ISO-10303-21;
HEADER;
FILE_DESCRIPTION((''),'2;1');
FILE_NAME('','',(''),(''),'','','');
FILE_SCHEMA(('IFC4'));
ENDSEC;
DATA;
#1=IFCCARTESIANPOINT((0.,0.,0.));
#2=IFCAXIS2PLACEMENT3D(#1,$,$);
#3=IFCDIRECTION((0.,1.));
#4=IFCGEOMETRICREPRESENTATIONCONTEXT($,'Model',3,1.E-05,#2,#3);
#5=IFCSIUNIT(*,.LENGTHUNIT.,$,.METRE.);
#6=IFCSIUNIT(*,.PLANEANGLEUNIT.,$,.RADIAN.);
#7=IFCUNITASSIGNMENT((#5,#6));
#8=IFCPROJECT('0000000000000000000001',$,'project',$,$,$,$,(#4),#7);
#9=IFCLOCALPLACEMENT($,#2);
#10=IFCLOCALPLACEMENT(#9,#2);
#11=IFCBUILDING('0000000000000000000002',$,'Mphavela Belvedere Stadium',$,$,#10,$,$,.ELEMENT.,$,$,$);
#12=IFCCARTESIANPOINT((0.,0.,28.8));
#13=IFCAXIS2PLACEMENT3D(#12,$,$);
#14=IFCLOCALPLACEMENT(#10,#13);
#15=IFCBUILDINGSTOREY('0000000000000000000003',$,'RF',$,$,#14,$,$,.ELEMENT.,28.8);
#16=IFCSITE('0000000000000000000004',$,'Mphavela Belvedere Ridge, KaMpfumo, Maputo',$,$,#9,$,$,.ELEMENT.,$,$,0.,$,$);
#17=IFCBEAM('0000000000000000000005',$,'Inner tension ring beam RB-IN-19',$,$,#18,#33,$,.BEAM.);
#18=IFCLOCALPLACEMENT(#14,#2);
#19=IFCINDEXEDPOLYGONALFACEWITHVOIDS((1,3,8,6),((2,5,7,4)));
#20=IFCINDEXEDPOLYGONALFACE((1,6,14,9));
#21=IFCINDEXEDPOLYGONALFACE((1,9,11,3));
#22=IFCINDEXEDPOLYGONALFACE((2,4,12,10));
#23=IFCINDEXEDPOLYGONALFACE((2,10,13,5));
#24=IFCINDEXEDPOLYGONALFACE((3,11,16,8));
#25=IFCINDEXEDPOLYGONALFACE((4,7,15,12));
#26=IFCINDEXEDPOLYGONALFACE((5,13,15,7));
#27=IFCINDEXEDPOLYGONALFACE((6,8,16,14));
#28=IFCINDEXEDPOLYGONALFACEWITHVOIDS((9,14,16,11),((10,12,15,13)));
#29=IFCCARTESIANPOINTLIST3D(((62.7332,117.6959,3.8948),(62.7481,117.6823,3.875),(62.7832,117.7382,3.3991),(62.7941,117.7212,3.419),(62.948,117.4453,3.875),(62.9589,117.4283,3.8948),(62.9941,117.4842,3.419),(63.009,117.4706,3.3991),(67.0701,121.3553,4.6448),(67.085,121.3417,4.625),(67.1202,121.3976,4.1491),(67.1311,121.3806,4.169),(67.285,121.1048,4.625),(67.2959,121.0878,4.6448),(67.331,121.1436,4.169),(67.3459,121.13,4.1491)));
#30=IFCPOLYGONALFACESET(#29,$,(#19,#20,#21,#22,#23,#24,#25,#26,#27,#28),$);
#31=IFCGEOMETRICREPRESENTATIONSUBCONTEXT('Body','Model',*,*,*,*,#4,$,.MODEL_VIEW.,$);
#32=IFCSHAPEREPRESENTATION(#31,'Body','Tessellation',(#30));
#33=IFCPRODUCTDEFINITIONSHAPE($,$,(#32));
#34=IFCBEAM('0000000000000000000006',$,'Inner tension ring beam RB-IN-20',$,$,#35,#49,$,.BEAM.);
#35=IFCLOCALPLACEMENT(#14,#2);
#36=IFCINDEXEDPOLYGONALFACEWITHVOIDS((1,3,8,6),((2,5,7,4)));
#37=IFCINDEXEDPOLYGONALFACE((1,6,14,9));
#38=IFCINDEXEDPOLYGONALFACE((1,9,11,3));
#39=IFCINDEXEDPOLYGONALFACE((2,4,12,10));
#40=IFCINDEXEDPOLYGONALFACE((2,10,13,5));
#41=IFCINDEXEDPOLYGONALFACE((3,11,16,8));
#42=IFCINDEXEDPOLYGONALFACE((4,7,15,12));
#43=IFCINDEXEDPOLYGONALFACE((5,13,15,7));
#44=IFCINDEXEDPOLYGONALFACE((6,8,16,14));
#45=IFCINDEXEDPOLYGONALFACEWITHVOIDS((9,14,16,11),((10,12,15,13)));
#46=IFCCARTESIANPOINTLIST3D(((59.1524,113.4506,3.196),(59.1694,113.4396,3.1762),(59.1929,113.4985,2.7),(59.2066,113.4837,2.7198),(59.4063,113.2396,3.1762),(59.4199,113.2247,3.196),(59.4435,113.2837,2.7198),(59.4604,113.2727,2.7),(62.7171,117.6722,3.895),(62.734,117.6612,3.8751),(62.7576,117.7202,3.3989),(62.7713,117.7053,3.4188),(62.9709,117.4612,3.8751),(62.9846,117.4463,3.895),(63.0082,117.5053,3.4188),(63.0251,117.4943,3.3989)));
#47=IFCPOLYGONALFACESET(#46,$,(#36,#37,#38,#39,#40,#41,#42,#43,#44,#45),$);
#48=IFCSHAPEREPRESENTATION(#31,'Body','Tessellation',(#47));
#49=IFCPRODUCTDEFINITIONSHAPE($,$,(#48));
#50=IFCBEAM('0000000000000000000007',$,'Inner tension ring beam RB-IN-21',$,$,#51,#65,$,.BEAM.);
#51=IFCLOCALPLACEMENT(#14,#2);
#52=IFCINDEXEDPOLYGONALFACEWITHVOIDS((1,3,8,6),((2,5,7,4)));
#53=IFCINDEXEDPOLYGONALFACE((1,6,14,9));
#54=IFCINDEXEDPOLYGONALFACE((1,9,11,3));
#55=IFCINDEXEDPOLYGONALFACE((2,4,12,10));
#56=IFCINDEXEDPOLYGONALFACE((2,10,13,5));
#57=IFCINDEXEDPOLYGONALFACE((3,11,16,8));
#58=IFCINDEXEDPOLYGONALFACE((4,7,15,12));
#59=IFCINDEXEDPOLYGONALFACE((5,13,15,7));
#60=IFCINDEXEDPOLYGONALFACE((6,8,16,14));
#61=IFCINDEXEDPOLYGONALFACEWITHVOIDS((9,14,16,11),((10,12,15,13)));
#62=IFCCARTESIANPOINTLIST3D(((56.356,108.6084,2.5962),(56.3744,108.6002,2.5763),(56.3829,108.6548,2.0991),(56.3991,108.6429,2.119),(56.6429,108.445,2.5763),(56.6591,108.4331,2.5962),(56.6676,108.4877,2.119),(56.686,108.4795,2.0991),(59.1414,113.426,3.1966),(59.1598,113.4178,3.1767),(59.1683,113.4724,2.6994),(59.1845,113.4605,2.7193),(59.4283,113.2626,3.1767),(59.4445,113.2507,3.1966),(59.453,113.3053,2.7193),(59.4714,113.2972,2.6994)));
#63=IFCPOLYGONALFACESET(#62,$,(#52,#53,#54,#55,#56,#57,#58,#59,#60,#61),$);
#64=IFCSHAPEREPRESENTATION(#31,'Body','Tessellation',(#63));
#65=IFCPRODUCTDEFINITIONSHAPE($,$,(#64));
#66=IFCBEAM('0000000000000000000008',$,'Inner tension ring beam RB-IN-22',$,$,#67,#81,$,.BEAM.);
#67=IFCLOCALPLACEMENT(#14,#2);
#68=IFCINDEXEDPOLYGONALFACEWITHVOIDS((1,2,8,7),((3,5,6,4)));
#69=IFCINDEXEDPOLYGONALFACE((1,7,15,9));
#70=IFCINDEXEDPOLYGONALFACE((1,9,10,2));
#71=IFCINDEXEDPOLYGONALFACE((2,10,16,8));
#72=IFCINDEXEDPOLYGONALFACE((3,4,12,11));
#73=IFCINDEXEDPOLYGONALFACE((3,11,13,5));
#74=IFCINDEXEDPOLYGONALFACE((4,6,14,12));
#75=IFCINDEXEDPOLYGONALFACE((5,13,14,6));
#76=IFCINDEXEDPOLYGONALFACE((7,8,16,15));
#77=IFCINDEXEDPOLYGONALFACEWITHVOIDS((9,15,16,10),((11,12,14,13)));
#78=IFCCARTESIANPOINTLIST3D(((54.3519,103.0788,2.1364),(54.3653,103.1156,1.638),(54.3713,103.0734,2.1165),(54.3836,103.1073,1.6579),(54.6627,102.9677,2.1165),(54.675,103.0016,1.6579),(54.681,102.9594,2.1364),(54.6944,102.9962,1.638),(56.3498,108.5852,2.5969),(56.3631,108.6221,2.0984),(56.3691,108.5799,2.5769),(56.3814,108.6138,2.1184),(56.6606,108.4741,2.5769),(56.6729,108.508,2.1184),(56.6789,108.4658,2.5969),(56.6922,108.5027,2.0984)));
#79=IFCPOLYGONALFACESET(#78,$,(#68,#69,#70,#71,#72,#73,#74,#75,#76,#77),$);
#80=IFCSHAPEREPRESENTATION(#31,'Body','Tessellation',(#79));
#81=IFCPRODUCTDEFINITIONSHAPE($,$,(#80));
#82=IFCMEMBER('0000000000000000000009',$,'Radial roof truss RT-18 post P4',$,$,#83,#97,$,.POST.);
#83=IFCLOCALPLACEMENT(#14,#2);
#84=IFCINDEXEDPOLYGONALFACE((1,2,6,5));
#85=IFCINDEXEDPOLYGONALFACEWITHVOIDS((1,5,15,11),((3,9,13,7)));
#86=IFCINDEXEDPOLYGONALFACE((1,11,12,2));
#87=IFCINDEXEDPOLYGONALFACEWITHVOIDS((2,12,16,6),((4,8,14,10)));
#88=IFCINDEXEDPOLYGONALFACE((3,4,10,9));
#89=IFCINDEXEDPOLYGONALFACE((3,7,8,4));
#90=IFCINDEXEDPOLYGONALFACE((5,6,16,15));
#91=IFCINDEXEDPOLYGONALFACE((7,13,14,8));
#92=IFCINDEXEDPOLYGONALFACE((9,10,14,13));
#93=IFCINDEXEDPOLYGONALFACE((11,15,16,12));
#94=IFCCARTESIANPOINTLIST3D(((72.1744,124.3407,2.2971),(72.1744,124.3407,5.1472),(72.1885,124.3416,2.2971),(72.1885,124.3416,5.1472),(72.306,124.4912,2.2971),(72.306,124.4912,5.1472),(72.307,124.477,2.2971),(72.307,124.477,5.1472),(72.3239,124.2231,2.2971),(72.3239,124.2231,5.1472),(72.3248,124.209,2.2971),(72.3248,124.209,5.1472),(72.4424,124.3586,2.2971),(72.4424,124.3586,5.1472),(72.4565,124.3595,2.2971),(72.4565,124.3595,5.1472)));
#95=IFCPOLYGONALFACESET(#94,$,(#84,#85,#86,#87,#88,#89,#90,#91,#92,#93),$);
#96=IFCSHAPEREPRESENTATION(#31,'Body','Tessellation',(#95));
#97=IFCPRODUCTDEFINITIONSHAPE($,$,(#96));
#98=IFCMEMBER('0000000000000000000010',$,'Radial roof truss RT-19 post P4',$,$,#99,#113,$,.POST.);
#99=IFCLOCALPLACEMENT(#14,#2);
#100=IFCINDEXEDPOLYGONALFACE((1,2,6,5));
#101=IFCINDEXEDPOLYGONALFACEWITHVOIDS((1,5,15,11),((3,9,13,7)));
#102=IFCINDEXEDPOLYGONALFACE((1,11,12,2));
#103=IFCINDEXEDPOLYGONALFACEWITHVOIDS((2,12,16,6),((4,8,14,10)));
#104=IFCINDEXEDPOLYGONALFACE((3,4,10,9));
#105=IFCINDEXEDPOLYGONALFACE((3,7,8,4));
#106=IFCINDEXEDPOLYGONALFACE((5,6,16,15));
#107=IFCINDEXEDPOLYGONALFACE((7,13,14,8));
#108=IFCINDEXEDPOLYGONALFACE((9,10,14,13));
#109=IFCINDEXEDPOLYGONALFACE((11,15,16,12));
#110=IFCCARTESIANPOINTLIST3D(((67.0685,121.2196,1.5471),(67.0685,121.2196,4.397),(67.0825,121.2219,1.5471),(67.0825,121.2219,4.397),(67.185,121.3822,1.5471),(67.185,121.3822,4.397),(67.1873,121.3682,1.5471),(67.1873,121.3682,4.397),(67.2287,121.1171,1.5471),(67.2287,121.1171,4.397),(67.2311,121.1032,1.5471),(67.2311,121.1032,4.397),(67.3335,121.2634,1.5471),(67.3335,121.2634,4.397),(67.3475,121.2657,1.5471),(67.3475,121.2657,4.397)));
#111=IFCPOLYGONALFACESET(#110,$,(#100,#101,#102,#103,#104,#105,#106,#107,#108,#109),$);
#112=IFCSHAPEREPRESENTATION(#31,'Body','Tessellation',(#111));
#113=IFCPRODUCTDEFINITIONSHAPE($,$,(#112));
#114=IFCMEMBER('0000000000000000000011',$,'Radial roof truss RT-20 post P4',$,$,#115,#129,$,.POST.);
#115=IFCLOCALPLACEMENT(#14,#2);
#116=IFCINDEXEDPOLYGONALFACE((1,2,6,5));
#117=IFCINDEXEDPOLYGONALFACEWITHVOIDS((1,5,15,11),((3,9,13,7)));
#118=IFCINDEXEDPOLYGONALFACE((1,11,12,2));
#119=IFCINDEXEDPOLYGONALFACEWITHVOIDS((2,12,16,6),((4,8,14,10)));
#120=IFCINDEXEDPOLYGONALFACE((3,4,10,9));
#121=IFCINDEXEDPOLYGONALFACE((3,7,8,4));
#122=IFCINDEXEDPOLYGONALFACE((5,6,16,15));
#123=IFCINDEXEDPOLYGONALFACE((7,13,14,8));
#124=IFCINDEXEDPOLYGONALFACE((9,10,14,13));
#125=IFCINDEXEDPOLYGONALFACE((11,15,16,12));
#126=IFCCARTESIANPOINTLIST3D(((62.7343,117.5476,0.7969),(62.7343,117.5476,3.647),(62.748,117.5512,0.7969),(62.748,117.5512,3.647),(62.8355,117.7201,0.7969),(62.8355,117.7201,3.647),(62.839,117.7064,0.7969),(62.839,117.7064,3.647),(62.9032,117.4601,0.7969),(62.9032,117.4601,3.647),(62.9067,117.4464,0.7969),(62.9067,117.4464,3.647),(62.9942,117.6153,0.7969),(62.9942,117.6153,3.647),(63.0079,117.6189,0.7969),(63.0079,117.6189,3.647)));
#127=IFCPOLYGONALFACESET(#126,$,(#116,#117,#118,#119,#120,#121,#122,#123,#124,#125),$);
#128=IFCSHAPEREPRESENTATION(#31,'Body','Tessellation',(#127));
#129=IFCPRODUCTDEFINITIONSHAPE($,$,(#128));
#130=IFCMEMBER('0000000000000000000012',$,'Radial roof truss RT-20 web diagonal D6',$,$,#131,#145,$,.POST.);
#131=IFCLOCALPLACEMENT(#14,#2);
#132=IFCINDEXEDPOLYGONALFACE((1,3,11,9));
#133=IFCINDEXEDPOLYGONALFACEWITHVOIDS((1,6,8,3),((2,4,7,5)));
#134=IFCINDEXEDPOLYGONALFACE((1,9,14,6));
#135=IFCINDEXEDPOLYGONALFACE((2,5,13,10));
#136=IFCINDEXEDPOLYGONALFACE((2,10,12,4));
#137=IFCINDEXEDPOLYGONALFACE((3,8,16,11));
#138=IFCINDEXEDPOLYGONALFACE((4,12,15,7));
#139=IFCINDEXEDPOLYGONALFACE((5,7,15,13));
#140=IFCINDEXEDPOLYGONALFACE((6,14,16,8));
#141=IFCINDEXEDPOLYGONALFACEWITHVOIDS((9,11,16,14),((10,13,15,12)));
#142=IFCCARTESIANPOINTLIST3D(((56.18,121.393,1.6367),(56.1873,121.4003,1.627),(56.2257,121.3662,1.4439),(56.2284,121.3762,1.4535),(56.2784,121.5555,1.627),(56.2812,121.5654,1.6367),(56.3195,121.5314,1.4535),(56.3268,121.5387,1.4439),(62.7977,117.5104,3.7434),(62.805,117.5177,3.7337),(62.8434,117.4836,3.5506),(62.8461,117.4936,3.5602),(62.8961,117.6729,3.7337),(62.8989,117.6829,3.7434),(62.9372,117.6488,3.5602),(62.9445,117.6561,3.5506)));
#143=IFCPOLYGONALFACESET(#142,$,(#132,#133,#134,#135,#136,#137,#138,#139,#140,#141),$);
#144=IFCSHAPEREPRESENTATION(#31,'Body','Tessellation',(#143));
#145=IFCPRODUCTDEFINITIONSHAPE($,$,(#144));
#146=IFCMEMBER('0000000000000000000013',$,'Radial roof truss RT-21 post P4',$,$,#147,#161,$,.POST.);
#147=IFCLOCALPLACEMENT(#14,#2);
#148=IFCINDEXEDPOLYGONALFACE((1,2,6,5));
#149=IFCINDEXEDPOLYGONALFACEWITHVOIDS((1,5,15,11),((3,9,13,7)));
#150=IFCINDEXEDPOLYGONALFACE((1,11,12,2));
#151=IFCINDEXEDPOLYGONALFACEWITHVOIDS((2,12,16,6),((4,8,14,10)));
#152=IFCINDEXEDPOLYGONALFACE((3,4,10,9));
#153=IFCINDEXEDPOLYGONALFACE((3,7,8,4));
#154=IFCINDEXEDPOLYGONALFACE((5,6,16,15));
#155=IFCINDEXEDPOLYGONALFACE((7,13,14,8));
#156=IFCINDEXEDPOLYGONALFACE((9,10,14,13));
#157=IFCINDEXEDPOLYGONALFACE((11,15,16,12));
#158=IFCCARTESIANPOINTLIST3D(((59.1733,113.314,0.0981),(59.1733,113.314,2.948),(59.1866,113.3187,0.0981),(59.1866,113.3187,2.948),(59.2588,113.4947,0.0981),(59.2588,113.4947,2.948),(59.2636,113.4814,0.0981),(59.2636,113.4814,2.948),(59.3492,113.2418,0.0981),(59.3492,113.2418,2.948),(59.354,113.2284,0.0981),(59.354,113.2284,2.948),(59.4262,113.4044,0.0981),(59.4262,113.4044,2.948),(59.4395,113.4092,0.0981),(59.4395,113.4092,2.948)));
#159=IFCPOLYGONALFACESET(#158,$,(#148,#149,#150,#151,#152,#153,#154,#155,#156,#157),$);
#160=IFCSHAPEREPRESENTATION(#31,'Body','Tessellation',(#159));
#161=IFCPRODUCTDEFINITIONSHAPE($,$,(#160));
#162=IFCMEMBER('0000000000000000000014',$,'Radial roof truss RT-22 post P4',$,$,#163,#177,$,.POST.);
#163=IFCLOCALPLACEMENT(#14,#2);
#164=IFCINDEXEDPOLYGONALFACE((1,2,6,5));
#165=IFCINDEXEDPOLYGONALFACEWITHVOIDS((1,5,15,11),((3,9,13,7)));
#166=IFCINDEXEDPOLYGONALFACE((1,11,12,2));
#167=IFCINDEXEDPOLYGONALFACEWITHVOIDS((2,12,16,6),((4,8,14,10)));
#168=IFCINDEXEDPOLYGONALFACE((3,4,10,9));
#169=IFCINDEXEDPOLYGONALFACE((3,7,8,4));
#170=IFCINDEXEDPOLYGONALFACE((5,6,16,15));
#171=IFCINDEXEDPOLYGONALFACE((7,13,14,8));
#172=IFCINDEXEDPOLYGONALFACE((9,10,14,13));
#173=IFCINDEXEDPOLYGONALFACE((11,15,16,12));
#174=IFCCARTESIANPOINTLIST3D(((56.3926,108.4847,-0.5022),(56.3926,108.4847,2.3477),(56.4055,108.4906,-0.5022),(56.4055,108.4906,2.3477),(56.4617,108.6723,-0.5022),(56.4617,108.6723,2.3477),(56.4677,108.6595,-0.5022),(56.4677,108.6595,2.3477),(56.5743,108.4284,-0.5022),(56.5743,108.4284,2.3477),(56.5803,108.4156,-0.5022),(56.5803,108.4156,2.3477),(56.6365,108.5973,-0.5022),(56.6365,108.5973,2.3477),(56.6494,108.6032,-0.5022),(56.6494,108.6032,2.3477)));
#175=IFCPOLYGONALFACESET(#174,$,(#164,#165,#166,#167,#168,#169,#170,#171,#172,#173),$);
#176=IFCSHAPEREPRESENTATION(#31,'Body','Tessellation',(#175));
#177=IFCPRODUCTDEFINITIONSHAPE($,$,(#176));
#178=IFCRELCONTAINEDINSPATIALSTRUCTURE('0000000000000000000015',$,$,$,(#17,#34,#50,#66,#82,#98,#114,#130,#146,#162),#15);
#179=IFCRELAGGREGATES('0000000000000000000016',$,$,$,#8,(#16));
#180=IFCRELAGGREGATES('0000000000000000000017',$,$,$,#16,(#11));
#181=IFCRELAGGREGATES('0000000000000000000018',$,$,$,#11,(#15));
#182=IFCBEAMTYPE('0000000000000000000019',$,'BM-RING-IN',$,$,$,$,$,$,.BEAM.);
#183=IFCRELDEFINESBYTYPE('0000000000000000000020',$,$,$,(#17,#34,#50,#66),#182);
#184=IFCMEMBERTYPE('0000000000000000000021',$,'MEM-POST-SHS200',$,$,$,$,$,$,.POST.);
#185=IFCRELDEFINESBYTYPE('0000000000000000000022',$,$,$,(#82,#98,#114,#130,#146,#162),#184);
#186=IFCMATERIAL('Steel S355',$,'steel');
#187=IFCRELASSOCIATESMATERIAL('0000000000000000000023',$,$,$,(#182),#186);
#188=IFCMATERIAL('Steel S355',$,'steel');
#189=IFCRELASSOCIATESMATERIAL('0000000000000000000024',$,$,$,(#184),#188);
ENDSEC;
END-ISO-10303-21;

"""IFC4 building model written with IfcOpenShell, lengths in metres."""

from ifc_helpers import new_model, si_unit, direction, frame, origin, origin_2d, place, context, subcontext, project, spatial, hollow_rectangle, extrude, material, material_profile, profile_set, type_object, element, save


model = new_model("IFC4")

# Units and contexts
model_context = context("Model", 3, precision=1e-05, world=origin(), true_north=direction((0.0, 1.0)))
body_context = subcontext(model_context, "Body", "Model", "MODEL_VIEW")
ifc_project = project(units=[si_unit("LENGTHUNIT", "METRE"), si_unit("PLANEANGLEUNIT", "RADIAN")], contexts=[model_context])

# Site, building, storey
site_placement = place(None, origin())
site = spatial("IfcSite", under=ifc_project, at=site_placement, Name="Mphavela Belvedere Ridge, KaMpfumo, Maputo", CompositionType="ELEMENT", RefElevation=0.0)
building_placement = place(site_placement, origin())
building = spatial("IfcBuilding", under=site, at=building_placement, Name="Mphavela Belvedere Stadium", CompositionType="ELEMENT")
storey_placement = place(building_placement, frame((0.0, 0.0, 28.8)))
storey = spatial("IfcBuildingStorey", under=building, at=storey_placement, Name="RF", CompositionType="ELEMENT", Elevation=28.8)

# Beams
ifc_material_1 = material(Name="Steel S355", Category="steel")
ifc_material_profile_1 = material_profile(ifc_material_1, hollow_rectangle(XDim=0.3501, YDim=0.5, WallThickness=0.02, at=origin_2d()), Name="RHS 500x350x20")
ifc_profile_set_1 = profile_set([ifc_material_profile_1], Name="Steel S355")
beam_type = type_object("IfcBeamType", Name="BM-RING-IN", PredefinedType="BEAM", material=ifc_profile_set_1)
beam_1_placement = place(storey_placement, frame((67.208, 121.2427, 4.397), z_axis=(-0.757689, -0.639327, -0.13103), x_axis=(0.644887, -0.764278, 0.0)))
element("IfcBeam", 1, at=beam_1_placement, inside=storey, type_object=beam_type, Name="Inner tension ring beam RB-IN-19", PredefinedType="BEAM", context=body_context, shape_type="SweptSolid", body=[
    extrude(hollow_rectangle(XDim=0.3501, YDim=0.5, WallThickness=0.02, at=origin_2d()), origin(), (0.0, 0.0, 1.0), 5.7239),
])
beam_2_placement = place(storey_placement, frame((62.8711, 117.5833, 3.647), z_axis=(-0.640051, -0.758013, -0.125503), x_axis=(0.764055, -0.645152, 0.0)))
element("IfcBeam", 2, at=beam_2_placement, inside=storey, type_object=beam_type, Name="Inner tension ring beam RB-IN-20", PredefinedType="BEAM", context=body_context, shape_type="SweptSolid", body=[
    extrude(hollow_rectangle(XDim=0.3501, YDim=0.5, WallThickness=0.02, at=origin_2d()), origin(), (0.0, 0.0, 1.0), 5.5693),
])
beam_3_placement = place(storey_placement, frame((59.3064, 113.3616, 2.948), z_axis=(-0.497644, -0.860724, -0.107258), x_axis=(0.865718, -0.500531, 0.0)))
element("IfcBeam", 3, at=beam_3_placement, inside=storey, type_object=beam_type, Name="Inner tension ring beam RB-IN-21", PredefinedType="BEAM", context=body_context, shape_type="SweptSolid", body=[
    extrude(hollow_rectangle(XDim=0.3501, YDim=0.5, WallThickness=0.02, at=origin_2d()), origin(), (0.0, 0.0, 1.0), 5.5972),
])
beam_4_placement = place(storey_placement, frame((56.521, 108.5439, 2.3477), z_axis=(-0.340015, -0.937149, -0.078366), x_axis=(0.94004, -0.341064, 0.0)))
element("IfcBeam", 4, at=beam_4_placement, inside=storey, type_object=beam_type, Name="Inner tension ring beam RB-IN-22", PredefinedType="BEAM", context=body_context, shape_type="SweptSolid", body=[
    extrude(hollow_rectangle(XDim=0.3501, YDim=0.5, WallThickness=0.02, at=origin_2d()), origin(), (0.0, 0.0, 1.0), 5.8757),
])

# Members
ifc_material_2 = material(Name="Steel S355", Category="steel")
ifc_material_profile_2 = material_profile(ifc_material_2, hollow_rectangle(XDim=0.2, YDim=0.2, WallThickness=0.01, at=origin_2d()), Name="SHS 200x200x10")
ifc_profile_set_2 = profile_set([ifc_material_profile_2], Name="Steel S355")
member_type_1 = type_object("IfcMemberType", Name="MEM-POST-SHS200", PredefinedType="POST", material=ifc_profile_set_2)
member_1_placement = place(storey_placement, frame((72.3154, 124.3501, 2.2971), z_axis=(0.0, 0.0, 1.0), x_axis=(-0.75253, 0.658558, 0.0)))
element("IfcMember", 5, at=member_1_placement, inside=storey, type_object=member_type_1, Name="Radial roof truss RT-18 post P4", PredefinedType="POST", context=body_context, shape_type="SweptSolid", body=[
    extrude(hollow_rectangle(XDim=0.2, YDim=0.2, WallThickness=0.01, at=origin_2d()), origin(), (0.0, 0.0, 1.0), 2.8501),
])
member_2_placement = place(storey_placement, frame((67.208, 121.2427, 1.5471), z_axis=(0.0, 0.0, 1.0), x_axis=(-0.812898, 0.582407, 0.0)))
element("IfcMember", 6, at=member_2_placement, inside=storey, type_object=member_type_1, Name="Radial roof truss RT-19 post P4", PredefinedType="POST", context=body_context, shape_type="SweptSolid", body=[
    extrude(hollow_rectangle(XDim=0.2, YDim=0.2, WallThickness=0.01, at=origin_2d()), origin(), (0.0, 0.0, 1.0), 2.8499),
])
member_3_placement = place(storey_placement, frame((62.8711, 117.5833, 0.7969), z_axis=(0.0, 0.0, 1.0), x_axis=(-0.862514, 0.506034, 0.0)))
element("IfcMember", 7, at=member_3_placement, inside=storey, type_object=member_type_1, Name="Radial roof truss RT-20 post P4", PredefinedType="POST", context=body_context, shape_type="SweptSolid", body=[
    extrude(hollow_rectangle(XDim=0.2, YDim=0.2, WallThickness=0.01, at=origin_2d()), origin(), (0.0, 0.0, 1.0), 2.8501),
])
member_4_placement = place(storey_placement, frame((56.2534, 121.4658, 1.5403), z_axis=(0.831731, -0.487974, 0.264775), x_axis=(0.506034, 0.862514, 0.0)))
element("IfcMember", 8, at=member_4_placement, inside=storey, type_object=member_type_1, Name="Radial roof truss RT-20 web diagonal D6", PredefinedType="POST", context=body_context, shape_type="SweptSolid", body=[
    extrude(hollow_rectangle(XDim=0.2, YDim=0.2, WallThickness=0.01, at=origin_2d()), origin(), (0.0, 0.0, 1.0), 7.9565),
])
for number, where, z_axis, x_axis, name in (
    (9, (59.3064, 113.3616, 0.0981), (0.0, 0.0, 1.0), (-0.903859, 0.427831, 0.0), "Radial roof truss RT-21 post P4"),
    (10, (56.521, 108.5439, -0.5022), (0.0, 0.0, 1.0), (-0.938372, 0.345626, 0.0), "Radial roof truss RT-22 post P4"),
):
    element("IfcMember", number, at=place(storey_placement, frame(where, z_axis=z_axis, x_axis=x_axis)), inside=storey, type_object=member_type_1, Name=name, PredefinedType="POST", context=body_context, shape_type="SweptSolid", body=[
        extrude(hollow_rectangle(XDim=0.2, YDim=0.2, WallThickness=0.01, at=origin_2d()), origin(), (0.0, 0.0, 1.0), 2.8499),
    ])

save(model, "model.ifc")
